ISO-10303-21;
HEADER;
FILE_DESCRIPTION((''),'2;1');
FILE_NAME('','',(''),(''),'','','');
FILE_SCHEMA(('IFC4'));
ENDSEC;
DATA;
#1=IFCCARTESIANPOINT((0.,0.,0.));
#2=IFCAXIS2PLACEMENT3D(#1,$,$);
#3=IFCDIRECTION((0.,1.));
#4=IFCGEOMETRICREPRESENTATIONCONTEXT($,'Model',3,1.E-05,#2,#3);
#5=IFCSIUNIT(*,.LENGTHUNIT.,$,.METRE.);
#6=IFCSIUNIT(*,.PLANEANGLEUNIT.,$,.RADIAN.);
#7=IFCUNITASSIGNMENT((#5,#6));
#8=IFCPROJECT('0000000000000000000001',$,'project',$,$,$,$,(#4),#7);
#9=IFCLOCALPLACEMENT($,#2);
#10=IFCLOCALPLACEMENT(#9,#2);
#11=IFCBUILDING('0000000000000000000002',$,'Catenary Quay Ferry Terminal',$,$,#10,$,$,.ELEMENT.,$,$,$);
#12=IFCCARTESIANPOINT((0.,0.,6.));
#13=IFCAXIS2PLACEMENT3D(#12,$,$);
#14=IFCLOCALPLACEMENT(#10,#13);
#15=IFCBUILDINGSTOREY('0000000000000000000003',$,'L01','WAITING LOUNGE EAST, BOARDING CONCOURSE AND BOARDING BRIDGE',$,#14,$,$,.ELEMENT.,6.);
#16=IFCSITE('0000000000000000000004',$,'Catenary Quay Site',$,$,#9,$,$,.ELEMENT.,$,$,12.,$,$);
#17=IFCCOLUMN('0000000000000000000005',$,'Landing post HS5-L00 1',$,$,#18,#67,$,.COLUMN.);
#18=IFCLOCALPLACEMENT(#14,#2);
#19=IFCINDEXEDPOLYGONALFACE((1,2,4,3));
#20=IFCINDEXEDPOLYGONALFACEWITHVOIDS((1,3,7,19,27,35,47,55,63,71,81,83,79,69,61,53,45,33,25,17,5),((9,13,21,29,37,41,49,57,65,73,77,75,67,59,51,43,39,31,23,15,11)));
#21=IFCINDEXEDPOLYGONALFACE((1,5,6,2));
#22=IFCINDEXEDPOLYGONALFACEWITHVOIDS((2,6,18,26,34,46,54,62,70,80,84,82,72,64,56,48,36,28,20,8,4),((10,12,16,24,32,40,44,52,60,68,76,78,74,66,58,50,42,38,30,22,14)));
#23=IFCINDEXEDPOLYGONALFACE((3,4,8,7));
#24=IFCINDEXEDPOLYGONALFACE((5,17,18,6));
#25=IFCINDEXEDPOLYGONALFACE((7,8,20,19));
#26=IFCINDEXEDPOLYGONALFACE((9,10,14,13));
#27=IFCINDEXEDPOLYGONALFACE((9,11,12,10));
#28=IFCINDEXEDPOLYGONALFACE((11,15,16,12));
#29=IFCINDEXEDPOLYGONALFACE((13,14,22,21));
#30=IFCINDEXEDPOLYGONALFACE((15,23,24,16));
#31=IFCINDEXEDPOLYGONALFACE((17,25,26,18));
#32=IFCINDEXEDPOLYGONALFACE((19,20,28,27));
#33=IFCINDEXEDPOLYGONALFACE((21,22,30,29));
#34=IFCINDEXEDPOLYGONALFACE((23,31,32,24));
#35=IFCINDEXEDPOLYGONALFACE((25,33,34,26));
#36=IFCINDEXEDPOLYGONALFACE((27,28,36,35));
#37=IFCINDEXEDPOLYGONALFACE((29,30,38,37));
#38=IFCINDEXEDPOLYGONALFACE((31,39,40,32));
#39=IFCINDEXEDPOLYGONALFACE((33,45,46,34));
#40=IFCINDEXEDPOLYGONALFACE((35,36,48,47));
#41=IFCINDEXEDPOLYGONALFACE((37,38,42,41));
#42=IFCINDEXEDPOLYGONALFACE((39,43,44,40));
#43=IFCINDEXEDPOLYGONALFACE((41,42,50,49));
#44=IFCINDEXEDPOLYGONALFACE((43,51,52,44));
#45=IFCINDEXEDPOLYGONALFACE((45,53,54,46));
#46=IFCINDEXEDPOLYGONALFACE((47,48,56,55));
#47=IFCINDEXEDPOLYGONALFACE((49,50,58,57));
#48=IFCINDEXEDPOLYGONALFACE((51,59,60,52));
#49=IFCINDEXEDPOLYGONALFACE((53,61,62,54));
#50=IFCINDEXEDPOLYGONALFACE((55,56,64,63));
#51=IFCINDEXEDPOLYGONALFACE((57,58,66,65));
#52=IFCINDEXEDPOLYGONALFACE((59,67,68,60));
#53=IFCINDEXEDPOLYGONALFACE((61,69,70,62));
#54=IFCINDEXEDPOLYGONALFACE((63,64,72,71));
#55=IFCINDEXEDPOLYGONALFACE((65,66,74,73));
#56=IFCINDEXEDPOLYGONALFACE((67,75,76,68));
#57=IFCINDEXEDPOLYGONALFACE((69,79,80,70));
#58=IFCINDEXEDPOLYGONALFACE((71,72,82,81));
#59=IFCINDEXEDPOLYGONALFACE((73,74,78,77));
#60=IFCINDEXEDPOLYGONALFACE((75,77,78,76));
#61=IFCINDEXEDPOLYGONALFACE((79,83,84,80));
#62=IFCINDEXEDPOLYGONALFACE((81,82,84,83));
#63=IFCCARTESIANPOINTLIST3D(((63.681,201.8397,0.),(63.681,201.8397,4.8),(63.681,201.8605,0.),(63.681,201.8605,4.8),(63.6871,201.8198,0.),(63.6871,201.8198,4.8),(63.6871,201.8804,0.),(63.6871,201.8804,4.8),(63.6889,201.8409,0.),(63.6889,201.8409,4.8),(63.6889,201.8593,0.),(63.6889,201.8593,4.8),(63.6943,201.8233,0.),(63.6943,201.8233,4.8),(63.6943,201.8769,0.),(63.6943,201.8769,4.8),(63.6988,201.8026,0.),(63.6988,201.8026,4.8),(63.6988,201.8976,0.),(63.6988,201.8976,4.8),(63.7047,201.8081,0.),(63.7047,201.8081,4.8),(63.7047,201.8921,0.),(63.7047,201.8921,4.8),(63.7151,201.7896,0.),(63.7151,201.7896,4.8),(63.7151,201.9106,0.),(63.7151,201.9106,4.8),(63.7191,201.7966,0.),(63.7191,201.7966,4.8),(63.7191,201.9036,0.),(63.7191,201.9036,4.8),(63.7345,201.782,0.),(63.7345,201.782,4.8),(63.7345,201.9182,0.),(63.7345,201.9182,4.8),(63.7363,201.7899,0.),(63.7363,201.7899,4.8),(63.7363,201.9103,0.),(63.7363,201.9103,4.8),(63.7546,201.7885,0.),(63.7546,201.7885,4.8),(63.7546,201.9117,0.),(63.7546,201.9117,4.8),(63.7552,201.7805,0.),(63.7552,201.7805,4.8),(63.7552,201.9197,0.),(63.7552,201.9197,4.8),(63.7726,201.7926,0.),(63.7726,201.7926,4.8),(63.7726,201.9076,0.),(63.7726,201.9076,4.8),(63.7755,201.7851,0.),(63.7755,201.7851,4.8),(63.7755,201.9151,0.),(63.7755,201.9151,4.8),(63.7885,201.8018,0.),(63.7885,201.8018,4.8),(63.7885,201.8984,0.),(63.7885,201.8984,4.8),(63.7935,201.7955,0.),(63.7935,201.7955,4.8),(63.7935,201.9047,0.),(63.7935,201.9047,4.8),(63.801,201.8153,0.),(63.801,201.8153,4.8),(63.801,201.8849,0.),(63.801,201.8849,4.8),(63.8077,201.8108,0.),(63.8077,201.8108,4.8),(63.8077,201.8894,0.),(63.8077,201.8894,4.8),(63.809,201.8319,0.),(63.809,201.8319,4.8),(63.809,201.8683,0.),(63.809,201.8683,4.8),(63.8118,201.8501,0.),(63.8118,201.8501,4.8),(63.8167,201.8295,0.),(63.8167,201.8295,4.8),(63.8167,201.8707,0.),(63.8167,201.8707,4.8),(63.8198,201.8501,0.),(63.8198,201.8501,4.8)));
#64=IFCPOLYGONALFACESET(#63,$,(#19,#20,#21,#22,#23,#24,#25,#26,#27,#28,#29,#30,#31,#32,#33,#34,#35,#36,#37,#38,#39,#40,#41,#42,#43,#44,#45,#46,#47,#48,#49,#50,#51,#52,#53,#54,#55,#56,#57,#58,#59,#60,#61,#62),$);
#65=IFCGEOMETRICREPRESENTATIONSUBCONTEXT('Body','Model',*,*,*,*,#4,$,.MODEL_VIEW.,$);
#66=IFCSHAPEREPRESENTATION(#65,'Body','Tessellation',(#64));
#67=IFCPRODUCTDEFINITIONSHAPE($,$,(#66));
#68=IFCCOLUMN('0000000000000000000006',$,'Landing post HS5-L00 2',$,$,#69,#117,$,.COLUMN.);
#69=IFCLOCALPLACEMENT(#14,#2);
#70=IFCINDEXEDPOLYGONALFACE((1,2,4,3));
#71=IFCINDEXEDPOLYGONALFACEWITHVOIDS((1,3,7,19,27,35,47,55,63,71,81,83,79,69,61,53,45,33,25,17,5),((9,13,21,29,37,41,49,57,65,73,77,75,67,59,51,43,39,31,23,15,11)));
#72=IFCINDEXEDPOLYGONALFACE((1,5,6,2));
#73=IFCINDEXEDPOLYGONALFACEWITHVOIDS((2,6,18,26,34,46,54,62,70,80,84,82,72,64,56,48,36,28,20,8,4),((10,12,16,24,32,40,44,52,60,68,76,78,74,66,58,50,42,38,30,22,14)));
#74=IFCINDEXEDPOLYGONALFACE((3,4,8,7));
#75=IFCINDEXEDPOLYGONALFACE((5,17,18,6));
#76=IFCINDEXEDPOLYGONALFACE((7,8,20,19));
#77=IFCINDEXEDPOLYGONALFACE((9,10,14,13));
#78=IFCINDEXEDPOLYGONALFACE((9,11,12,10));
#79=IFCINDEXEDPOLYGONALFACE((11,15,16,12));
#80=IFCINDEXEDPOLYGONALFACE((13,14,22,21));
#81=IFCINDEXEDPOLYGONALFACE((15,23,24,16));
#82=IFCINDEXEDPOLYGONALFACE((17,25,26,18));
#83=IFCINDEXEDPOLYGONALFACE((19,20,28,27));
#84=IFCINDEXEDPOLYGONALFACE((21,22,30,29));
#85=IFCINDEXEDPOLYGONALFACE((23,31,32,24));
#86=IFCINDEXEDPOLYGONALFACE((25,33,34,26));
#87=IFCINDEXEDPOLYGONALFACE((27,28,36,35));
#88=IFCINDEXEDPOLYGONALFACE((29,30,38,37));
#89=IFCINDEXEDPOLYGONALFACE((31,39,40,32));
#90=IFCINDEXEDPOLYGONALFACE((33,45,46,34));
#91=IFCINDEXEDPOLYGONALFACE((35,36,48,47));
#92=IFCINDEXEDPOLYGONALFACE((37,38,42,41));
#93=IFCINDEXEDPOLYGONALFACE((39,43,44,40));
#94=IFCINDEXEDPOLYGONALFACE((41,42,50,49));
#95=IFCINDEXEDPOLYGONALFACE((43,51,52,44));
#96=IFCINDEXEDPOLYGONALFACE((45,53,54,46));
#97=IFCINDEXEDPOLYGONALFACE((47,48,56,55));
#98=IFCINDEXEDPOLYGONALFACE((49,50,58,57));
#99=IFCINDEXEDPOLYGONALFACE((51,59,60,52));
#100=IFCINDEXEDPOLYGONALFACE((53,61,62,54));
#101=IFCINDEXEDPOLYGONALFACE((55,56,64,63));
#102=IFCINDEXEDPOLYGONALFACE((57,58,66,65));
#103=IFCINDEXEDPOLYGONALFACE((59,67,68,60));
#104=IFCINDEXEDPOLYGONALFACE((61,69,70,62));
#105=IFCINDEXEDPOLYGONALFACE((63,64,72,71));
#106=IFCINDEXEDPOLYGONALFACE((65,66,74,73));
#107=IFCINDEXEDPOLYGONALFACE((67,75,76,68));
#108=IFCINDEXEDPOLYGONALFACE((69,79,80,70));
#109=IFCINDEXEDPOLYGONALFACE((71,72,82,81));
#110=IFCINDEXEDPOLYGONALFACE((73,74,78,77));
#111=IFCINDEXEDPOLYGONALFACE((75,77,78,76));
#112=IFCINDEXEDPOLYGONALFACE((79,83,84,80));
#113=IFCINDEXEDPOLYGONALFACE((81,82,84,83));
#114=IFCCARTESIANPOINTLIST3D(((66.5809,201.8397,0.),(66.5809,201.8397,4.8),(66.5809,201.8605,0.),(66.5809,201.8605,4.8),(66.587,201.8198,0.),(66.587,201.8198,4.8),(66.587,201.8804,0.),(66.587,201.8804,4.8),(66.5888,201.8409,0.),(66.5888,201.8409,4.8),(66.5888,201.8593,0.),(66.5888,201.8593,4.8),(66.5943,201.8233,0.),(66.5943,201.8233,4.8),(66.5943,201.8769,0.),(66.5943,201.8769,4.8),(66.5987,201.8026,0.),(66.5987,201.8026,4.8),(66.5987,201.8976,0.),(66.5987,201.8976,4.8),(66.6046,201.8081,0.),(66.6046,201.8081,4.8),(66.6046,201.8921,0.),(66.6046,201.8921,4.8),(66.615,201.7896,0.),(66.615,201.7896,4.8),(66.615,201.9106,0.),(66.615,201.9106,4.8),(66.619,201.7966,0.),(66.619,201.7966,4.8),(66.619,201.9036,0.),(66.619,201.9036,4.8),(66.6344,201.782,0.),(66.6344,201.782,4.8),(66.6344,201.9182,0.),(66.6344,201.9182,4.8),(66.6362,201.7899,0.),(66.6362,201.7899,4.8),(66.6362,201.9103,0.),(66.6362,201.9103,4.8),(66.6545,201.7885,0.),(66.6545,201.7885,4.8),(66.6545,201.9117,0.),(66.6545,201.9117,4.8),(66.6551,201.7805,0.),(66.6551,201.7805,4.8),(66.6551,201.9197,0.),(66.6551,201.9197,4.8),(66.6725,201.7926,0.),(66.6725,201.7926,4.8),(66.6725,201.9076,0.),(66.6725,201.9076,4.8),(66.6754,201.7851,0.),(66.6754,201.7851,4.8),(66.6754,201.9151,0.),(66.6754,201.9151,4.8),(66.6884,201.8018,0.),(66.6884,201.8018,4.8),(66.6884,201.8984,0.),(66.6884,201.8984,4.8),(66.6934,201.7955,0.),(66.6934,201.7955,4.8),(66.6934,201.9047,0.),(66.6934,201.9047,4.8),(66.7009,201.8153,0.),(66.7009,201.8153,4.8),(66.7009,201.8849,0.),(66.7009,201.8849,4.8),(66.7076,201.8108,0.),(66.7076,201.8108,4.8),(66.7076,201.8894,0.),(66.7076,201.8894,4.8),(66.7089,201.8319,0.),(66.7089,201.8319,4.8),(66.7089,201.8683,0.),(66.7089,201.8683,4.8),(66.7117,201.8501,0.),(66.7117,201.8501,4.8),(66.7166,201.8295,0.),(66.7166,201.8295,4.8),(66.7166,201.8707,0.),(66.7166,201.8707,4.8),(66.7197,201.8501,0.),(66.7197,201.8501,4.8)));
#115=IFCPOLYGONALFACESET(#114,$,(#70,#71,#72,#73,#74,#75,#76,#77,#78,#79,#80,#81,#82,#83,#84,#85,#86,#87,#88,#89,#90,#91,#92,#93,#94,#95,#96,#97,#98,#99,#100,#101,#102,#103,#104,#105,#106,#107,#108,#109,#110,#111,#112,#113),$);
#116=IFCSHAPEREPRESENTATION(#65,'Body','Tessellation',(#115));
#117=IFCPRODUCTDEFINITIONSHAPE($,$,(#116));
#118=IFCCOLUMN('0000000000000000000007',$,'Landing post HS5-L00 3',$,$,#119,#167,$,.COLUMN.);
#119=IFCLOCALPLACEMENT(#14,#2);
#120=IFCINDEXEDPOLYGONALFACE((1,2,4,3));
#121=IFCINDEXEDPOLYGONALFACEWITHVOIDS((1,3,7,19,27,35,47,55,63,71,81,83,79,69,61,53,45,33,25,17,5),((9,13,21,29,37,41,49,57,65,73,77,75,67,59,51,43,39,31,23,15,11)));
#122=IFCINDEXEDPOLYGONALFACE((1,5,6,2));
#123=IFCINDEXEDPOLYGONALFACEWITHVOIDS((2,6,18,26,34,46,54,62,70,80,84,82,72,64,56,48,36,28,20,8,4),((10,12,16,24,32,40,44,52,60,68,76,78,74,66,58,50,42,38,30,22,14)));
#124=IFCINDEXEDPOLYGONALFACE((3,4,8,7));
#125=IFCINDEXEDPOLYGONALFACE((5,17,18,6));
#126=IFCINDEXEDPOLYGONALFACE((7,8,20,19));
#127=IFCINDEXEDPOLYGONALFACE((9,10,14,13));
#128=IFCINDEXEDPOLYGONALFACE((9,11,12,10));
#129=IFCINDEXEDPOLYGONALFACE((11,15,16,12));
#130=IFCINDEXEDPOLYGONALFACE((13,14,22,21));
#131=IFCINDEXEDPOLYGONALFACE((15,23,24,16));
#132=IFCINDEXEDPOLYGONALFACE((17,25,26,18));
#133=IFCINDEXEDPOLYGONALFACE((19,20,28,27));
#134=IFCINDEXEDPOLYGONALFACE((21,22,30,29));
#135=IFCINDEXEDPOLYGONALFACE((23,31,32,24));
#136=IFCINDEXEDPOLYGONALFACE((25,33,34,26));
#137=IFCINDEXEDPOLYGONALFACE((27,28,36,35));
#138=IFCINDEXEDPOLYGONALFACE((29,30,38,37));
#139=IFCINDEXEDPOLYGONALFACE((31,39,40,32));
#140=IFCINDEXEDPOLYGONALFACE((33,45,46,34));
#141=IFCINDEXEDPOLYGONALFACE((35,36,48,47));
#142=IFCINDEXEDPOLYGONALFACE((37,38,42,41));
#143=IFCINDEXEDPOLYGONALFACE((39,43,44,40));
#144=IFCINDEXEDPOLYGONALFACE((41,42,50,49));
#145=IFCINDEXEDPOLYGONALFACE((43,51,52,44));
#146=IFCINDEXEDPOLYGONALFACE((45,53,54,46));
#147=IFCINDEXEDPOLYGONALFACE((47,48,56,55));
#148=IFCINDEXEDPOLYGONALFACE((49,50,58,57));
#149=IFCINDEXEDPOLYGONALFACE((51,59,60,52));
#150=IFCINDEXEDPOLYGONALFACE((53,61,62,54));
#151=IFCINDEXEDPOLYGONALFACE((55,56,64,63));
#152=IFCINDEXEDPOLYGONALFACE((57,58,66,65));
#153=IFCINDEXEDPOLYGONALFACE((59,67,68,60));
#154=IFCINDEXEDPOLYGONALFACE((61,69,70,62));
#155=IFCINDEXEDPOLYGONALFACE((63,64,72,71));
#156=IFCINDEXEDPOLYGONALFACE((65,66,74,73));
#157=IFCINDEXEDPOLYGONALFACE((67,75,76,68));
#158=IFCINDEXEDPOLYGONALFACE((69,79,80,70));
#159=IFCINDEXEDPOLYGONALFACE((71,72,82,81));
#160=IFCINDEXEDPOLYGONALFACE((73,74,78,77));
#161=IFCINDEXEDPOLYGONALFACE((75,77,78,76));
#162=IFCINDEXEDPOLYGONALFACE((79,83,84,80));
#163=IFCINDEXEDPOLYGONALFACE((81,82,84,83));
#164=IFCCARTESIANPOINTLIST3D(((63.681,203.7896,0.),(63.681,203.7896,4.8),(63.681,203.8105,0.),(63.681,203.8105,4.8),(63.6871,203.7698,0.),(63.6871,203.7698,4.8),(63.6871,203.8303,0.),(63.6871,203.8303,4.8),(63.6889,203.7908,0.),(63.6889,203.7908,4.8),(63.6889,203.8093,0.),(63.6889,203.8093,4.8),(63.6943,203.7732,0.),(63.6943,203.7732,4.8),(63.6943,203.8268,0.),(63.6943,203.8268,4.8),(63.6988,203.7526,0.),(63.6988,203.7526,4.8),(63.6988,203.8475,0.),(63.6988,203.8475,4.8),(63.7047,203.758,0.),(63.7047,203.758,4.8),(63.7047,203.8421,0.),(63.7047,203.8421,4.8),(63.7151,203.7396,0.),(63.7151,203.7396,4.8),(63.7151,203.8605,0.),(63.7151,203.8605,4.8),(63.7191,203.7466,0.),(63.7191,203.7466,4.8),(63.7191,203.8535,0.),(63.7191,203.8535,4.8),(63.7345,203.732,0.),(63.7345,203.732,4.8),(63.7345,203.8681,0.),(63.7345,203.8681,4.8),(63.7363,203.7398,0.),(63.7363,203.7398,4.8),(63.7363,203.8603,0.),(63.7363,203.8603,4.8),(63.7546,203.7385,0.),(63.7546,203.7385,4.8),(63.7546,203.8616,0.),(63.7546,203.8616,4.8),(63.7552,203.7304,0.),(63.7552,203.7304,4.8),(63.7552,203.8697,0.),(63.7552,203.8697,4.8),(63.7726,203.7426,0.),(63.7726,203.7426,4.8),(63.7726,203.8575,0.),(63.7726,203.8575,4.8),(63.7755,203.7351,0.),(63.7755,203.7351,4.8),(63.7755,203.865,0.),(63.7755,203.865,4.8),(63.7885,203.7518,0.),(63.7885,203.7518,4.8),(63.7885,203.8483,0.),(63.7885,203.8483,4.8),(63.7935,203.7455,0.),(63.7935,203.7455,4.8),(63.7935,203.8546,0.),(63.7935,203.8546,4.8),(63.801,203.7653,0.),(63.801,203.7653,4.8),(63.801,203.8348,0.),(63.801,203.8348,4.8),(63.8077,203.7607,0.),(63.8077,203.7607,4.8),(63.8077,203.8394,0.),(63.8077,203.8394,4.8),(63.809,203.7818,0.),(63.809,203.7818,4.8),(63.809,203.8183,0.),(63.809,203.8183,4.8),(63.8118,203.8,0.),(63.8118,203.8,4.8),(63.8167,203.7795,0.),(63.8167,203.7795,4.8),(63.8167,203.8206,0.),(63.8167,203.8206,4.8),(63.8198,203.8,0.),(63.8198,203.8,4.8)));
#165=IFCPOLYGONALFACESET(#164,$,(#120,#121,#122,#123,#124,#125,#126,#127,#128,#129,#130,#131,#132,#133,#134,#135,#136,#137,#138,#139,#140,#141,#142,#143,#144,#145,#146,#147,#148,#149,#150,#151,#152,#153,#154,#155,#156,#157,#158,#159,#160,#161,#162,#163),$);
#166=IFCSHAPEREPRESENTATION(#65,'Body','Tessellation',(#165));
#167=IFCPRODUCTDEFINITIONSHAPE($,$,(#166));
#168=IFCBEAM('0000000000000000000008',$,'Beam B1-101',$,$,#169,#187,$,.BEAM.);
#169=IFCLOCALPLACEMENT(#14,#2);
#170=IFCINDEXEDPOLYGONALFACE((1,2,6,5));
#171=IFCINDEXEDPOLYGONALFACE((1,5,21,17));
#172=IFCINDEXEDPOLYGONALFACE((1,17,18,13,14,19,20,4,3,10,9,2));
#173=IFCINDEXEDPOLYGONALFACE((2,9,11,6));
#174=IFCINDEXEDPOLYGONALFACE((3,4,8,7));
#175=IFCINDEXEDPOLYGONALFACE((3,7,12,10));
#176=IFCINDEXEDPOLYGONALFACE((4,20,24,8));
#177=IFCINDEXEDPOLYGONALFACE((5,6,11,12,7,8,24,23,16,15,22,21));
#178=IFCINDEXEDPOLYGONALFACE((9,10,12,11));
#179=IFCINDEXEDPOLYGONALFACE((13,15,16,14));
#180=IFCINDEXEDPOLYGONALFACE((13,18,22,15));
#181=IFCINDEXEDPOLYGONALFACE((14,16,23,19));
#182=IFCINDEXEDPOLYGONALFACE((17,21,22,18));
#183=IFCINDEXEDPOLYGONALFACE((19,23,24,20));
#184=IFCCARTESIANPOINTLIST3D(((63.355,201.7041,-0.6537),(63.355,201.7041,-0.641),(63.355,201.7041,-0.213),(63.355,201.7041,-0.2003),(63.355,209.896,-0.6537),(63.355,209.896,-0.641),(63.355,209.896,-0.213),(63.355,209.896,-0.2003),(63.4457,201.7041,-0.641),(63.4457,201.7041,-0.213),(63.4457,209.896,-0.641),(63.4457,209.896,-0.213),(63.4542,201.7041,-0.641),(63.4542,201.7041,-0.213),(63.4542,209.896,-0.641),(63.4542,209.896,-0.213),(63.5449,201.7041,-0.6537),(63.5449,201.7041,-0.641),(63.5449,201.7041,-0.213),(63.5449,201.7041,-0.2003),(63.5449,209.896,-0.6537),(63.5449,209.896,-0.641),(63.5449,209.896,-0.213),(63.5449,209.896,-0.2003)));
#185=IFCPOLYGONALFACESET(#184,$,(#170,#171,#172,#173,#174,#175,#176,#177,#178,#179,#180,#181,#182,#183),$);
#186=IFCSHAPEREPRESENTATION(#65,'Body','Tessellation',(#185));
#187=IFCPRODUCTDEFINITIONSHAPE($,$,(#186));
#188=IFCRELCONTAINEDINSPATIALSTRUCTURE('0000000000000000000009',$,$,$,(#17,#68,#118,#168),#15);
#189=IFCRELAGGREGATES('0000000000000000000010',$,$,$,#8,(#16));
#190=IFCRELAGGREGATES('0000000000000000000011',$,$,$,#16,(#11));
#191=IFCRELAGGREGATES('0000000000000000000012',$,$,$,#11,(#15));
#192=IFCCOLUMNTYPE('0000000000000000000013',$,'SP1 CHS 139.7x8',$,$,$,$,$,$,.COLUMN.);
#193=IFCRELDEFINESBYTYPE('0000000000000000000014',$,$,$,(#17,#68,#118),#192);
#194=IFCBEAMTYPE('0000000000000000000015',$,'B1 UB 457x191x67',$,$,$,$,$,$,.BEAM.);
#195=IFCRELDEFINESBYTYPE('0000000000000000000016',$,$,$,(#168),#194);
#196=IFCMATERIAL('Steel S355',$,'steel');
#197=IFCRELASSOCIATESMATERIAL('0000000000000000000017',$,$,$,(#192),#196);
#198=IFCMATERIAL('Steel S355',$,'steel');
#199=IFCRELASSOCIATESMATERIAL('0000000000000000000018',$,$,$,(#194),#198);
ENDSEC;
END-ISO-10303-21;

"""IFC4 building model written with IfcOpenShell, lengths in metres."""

from ifc_helpers import new_model, si_unit, direction, frame, origin, origin_2d, place, context, subcontext, project, spatial, hollow_circle, i_section, extrude, material, material_profile, profile_set, type_object, element, save


model = new_model("IFC4")

# Units and contexts
model_context = context("Model", 3, precision=1e-05, world=origin(), true_north=direction((0.0, 1.0)))
body_context = subcontext(model_context, "Body", "Model", "MODEL_VIEW")
ifc_project = project(units=[si_unit("LENGTHUNIT", "METRE"), si_unit("PLANEANGLEUNIT", "RADIAN")], contexts=[model_context])

# Site, building, storey
site_placement = place(None, origin())
site = spatial("IfcSite", under=ifc_project, at=site_placement, Name="Catenary Quay Site", CompositionType="ELEMENT", RefElevation=12.0)
building_placement = place(site_placement, origin())
building = spatial("IfcBuilding", under=site, at=building_placement, Name="Catenary Quay Ferry Terminal", CompositionType="ELEMENT")
storey_placement = place(building_placement, frame((0.0, 0.0, 6.0)))
storey = spatial("IfcBuildingStorey", under=building, at=storey_placement, Name="L01", Description="WAITING LOUNGE EAST, BOARDING CONCOURSE AND BOARDING BRIDGE", CompositionType="ELEMENT", Elevation=6.0)

# Columns
ifc_material_1 = material(Name="Steel S355", Category="steel")
ifc_material_profile_1 = material_profile(ifc_material_1, hollow_circle(Radius=0.0698, WallThickness=0.0081, at=origin_2d()), Name="CHS 139.7x8")
ifc_profile_set_1 = profile_set([ifc_material_profile_1], Name="Steel S355")
column_type_1 = type_object("IfcColumnType", Name="SP1 CHS 139.7x8", PredefinedType="COLUMN", material=ifc_profile_set_1)
for number, where, z_axis, x_axis, name in (
    (1, (63.75, 201.8501, 0.0), (0.0, 0.0, 1.0), (1.0, 0.0, 0.0), "Landing post HS5-L00 1"),
    (2, (66.6499, 201.8501, 0.0), (0.0, 0.0, 1.0), (1.0, 0.0, 0.0), "Landing post HS5-L00 2"),
    (3, (63.75, 203.8, 0.0), (0.0, 0.0, 1.0), (1.0, 0.0, 0.0), "Landing post HS5-L00 3"),
):
    element("IfcColumn", number, at=place(storey_placement, frame(where, z_axis=z_axis, x_axis=x_axis)), inside=storey, type_object=column_type_1, Name=name, PredefinedType="COLUMN", context=body_context, shape_type="SweptSolid", body=[
        extrude(hollow_circle(Radius=0.0698, WallThickness=0.0081, at=origin_2d()), origin(), (0.0, 0.0, 1.0), 4.8),
    ])

# Beam
ifc_material_2 = material(Name="Steel S355", Category="steel")
ifc_material_profile_2 = material_profile(ifc_material_2, i_section(OverallWidth=0.1899, OverallDepth=0.4534, WebThickness=0.0085, FlangeThickness=0.0127, at=origin_2d()), Name="UB 457x191x67")
ifc_profile_set_2 = profile_set([ifc_material_profile_2], Name="Steel S355")
beam_type_1 = type_object("IfcBeamType", Name="B1 UB 457x191x67", PredefinedType="BEAM", material=ifc_profile_set_2)
beam_1_placement = place(storey_placement, frame((63.45, 201.7041, -0.427), z_axis=(0.0, 1.0, 0.0), x_axis=(-1.0, 0.0, 0.0)))
element("IfcBeam", 4, at=beam_1_placement, inside=storey, type_object=beam_type_1, Name="Beam B1-101", PredefinedType="BEAM", context=body_context, shape_type="SweptSolid", body=[
    extrude(i_section(OverallWidth=0.1899, OverallDepth=0.4534, WebThickness=0.0085, FlangeThickness=0.0127, at=origin_2d()), origin(), (0.0, 0.0, 1.0), 8.1919),
])

save(model, "model.ifc")
